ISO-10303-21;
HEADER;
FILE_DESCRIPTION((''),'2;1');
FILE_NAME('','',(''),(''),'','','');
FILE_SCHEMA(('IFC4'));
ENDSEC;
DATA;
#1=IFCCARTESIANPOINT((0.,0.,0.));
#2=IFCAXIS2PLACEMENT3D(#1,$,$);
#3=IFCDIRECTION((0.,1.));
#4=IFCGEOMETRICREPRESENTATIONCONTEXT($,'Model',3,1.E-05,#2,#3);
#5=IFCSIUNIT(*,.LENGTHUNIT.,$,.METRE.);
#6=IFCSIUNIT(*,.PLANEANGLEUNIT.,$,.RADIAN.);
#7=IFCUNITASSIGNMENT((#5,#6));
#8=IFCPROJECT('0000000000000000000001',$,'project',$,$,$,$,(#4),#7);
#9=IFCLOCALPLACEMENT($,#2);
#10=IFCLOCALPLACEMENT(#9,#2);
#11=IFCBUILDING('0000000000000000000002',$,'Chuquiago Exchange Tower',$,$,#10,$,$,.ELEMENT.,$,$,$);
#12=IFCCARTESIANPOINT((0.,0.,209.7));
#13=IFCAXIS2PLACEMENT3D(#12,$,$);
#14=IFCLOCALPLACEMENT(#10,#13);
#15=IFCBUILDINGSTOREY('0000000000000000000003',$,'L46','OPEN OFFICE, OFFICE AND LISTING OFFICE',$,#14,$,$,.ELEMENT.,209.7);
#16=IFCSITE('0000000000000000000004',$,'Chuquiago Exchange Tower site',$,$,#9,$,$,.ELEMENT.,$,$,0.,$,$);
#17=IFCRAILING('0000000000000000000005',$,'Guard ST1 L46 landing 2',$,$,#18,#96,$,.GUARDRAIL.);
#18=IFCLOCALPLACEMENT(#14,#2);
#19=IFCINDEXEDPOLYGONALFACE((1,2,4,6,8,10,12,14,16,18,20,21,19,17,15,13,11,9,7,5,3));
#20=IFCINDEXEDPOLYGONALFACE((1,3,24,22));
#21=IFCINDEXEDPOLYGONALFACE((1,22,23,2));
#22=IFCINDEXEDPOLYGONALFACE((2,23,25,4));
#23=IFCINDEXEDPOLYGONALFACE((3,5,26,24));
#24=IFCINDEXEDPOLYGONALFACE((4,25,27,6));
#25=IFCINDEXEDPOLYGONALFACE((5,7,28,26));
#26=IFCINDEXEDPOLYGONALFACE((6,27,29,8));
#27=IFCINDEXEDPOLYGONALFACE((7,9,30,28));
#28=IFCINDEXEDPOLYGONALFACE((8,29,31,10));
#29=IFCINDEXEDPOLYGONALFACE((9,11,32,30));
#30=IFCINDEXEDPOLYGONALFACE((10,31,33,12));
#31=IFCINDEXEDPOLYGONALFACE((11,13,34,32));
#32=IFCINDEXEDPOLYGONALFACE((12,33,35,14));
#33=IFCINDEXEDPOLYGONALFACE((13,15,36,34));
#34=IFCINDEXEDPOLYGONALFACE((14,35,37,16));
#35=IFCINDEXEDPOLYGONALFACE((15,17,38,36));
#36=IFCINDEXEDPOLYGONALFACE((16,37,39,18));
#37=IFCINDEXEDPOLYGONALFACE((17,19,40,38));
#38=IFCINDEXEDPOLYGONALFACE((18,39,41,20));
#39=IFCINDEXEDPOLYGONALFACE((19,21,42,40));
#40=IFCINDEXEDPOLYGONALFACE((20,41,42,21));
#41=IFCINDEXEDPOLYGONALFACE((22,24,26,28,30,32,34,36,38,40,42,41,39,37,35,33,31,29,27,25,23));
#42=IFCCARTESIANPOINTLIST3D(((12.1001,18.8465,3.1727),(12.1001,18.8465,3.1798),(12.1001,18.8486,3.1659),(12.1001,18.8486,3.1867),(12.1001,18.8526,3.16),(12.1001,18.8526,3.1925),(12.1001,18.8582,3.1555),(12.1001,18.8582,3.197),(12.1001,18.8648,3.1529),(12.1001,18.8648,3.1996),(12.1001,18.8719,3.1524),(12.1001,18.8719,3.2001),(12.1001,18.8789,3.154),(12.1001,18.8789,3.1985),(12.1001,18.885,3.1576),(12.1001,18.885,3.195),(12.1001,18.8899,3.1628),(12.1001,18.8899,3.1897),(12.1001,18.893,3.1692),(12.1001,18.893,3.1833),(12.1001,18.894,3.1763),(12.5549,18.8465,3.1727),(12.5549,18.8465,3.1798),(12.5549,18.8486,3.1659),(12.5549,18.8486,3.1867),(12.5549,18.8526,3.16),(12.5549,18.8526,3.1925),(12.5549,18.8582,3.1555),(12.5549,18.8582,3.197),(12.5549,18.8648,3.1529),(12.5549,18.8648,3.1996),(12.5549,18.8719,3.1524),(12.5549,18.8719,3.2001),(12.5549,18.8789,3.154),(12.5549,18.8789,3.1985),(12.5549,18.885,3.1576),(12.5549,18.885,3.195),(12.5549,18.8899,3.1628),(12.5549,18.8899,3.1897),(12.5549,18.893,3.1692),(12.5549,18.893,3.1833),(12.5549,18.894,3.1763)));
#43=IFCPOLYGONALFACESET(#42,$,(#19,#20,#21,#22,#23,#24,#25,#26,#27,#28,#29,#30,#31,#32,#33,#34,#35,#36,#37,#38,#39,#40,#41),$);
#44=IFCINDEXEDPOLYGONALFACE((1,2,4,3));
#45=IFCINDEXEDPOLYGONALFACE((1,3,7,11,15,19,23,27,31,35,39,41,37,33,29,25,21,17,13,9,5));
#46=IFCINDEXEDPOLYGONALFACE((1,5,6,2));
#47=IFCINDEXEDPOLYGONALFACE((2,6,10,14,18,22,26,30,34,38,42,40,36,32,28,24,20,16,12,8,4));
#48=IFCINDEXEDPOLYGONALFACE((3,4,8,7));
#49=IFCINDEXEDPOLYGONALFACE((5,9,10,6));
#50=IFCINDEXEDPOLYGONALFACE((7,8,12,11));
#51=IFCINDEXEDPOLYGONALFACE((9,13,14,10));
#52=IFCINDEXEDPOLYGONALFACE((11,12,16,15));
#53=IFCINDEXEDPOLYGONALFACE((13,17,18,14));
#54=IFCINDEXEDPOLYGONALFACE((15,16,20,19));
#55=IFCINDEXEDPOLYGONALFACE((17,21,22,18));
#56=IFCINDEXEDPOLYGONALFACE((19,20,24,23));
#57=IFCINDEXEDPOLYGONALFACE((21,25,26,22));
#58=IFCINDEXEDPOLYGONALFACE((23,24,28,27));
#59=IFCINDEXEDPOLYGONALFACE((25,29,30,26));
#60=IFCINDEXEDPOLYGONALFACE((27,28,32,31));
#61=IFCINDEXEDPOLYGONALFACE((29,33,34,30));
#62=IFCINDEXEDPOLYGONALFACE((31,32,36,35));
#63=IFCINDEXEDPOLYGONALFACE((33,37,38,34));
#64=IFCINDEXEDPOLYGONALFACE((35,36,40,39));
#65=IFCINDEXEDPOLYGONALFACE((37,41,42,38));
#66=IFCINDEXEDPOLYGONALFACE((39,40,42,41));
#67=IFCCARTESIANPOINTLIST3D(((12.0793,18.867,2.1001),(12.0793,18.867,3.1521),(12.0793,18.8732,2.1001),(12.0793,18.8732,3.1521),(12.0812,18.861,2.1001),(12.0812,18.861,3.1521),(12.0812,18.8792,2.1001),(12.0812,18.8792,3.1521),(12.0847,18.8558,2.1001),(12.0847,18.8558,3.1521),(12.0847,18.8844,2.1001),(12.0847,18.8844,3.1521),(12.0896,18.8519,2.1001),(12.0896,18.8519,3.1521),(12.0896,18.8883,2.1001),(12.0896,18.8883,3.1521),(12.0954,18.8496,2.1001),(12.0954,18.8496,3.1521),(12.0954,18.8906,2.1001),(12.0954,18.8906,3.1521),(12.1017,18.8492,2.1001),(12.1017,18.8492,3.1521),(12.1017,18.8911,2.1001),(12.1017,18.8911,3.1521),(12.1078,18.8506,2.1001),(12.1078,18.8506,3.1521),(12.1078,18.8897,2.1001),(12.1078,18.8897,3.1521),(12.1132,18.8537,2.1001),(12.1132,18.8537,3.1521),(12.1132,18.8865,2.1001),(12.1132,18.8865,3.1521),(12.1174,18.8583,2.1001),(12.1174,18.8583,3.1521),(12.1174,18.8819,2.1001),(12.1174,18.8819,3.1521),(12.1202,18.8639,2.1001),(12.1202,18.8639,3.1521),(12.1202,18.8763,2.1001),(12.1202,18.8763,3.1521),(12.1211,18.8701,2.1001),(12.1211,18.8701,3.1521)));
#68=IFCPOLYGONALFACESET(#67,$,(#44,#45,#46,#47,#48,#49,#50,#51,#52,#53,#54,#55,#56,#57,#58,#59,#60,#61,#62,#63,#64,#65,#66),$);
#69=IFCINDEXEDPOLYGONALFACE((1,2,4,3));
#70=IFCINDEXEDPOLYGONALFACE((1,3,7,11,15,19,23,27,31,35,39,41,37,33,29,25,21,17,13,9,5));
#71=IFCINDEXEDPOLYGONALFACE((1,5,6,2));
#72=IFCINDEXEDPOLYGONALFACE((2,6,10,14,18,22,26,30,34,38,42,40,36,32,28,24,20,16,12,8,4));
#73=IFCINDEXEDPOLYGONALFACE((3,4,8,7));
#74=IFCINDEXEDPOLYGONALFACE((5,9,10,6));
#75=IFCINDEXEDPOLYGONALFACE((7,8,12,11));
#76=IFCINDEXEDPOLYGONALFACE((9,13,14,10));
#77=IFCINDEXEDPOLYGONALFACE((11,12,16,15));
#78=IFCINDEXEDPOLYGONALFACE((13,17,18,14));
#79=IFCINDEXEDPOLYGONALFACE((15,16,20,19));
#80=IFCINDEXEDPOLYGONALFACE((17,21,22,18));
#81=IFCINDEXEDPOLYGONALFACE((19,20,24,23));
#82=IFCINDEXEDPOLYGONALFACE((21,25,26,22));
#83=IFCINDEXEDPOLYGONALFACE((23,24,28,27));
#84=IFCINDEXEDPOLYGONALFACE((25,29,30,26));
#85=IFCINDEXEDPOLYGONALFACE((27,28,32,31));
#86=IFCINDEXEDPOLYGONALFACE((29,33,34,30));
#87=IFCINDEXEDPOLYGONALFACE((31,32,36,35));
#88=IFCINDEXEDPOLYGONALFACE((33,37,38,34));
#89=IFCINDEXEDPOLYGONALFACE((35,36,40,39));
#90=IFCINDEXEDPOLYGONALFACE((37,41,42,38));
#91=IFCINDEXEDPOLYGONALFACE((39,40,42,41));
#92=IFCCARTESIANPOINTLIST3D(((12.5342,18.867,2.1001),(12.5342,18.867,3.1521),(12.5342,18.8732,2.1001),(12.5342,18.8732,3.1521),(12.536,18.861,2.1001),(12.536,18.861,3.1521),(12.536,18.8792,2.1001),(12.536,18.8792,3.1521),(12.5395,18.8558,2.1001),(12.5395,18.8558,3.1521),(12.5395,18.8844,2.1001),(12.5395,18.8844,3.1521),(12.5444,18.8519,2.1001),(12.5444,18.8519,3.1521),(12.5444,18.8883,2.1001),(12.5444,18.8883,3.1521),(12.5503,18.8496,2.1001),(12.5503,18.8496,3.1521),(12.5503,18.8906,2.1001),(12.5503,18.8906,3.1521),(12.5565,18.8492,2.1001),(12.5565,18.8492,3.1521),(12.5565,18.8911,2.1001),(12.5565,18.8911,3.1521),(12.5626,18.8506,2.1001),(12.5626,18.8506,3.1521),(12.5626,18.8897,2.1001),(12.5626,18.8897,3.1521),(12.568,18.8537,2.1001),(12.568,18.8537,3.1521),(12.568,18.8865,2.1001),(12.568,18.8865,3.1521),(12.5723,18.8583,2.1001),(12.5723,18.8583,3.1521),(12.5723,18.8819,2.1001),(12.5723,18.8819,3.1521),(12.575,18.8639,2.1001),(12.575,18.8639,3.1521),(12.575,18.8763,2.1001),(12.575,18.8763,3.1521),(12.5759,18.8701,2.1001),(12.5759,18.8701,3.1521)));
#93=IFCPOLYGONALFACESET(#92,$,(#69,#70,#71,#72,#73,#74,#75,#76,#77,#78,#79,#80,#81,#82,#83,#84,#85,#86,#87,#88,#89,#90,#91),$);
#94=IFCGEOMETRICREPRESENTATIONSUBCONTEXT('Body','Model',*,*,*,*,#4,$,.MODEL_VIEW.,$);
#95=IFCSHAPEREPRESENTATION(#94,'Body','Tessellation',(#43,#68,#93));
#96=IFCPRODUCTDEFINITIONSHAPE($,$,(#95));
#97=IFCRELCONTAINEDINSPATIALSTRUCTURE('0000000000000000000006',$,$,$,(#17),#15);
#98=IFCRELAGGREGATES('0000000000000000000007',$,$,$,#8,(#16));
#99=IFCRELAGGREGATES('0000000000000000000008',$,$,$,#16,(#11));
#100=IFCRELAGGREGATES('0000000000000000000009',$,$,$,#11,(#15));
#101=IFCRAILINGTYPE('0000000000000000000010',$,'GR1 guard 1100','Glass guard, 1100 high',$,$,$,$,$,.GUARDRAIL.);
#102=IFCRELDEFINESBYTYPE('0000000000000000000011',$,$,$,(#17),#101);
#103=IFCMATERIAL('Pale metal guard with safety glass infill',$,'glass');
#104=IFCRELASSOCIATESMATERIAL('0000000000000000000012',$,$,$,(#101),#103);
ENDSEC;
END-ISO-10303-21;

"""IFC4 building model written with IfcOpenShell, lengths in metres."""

from ifc_helpers import new_model, si_unit, direction, frame, origin, origin_2d, place, context, subcontext, project, spatial, circle, extrude, material, type_object, element, save


model = new_model("IFC4")

# Units and contexts
model_context = context("Model", 3, precision=1e-05, world=origin(), true_north=direction((0.0, 1.0)))
body_context = subcontext(model_context, "Body", "Model", "MODEL_VIEW")
ifc_project = project(units=[si_unit("LENGTHUNIT", "METRE"), si_unit("PLANEANGLEUNIT", "RADIAN")], contexts=[model_context])

# Site, building, storey
site_placement = place(None, origin())
site = spatial("IfcSite", under=ifc_project, at=site_placement, Name="Chuquiago Exchange Tower site", CompositionType="ELEMENT", RefElevation=0.0)
building_placement = place(site_placement, origin())
building = spatial("IfcBuilding", under=site, at=building_placement, Name="Chuquiago Exchange Tower", CompositionType="ELEMENT")
storey_placement = place(building_placement, frame((0.0, 0.0, 209.7)))
storey = spatial("IfcBuildingStorey", under=building, at=storey_placement, Name="L46", Description="OPEN OFFICE, OFFICE AND LISTING OFFICE", CompositionType="ELEMENT", Elevation=209.7)

# Railing
ifc_material_1 = material(Name="Pale metal guard with safety glass infill", Category="glass")
railing_type = type_object("IfcRailingType", Name="GR1 guard 1100", Description="Glass guard, 1100 high", PredefinedType="GUARDRAIL", material=ifc_material_1)
railing_placement = place(storey_placement, frame((12.1001, 18.8701, 2.1001)))
element("IfcRailing", 1, at=railing_placement, inside=storey, type_object=railing_type, Name="Guard ST1 L46 landing 2", PredefinedType="GUARDRAIL", context=body_context, shape_type="SweptSolid", body=[
    extrude(circle(Radius=0.0239, at=origin_2d()), frame((0.0, 0.0, 1.0762), z_axis=(1.0, 0.0, 0.0), x_axis=(0.0, 1.0, 0.0)), (0.0, 0.0, 1.0), 0.4548),
    extrude(circle(Radius=0.021, at=origin_2d()), origin(), (0.0, 0.0, 1.0), 1.052),
    extrude(circle(Radius=0.021, at=origin_2d()), frame((0.4548, 0.0, 0.0)), (0.0, 0.0, 1.0), 1.052),
])

save(model, "model.ifc")
